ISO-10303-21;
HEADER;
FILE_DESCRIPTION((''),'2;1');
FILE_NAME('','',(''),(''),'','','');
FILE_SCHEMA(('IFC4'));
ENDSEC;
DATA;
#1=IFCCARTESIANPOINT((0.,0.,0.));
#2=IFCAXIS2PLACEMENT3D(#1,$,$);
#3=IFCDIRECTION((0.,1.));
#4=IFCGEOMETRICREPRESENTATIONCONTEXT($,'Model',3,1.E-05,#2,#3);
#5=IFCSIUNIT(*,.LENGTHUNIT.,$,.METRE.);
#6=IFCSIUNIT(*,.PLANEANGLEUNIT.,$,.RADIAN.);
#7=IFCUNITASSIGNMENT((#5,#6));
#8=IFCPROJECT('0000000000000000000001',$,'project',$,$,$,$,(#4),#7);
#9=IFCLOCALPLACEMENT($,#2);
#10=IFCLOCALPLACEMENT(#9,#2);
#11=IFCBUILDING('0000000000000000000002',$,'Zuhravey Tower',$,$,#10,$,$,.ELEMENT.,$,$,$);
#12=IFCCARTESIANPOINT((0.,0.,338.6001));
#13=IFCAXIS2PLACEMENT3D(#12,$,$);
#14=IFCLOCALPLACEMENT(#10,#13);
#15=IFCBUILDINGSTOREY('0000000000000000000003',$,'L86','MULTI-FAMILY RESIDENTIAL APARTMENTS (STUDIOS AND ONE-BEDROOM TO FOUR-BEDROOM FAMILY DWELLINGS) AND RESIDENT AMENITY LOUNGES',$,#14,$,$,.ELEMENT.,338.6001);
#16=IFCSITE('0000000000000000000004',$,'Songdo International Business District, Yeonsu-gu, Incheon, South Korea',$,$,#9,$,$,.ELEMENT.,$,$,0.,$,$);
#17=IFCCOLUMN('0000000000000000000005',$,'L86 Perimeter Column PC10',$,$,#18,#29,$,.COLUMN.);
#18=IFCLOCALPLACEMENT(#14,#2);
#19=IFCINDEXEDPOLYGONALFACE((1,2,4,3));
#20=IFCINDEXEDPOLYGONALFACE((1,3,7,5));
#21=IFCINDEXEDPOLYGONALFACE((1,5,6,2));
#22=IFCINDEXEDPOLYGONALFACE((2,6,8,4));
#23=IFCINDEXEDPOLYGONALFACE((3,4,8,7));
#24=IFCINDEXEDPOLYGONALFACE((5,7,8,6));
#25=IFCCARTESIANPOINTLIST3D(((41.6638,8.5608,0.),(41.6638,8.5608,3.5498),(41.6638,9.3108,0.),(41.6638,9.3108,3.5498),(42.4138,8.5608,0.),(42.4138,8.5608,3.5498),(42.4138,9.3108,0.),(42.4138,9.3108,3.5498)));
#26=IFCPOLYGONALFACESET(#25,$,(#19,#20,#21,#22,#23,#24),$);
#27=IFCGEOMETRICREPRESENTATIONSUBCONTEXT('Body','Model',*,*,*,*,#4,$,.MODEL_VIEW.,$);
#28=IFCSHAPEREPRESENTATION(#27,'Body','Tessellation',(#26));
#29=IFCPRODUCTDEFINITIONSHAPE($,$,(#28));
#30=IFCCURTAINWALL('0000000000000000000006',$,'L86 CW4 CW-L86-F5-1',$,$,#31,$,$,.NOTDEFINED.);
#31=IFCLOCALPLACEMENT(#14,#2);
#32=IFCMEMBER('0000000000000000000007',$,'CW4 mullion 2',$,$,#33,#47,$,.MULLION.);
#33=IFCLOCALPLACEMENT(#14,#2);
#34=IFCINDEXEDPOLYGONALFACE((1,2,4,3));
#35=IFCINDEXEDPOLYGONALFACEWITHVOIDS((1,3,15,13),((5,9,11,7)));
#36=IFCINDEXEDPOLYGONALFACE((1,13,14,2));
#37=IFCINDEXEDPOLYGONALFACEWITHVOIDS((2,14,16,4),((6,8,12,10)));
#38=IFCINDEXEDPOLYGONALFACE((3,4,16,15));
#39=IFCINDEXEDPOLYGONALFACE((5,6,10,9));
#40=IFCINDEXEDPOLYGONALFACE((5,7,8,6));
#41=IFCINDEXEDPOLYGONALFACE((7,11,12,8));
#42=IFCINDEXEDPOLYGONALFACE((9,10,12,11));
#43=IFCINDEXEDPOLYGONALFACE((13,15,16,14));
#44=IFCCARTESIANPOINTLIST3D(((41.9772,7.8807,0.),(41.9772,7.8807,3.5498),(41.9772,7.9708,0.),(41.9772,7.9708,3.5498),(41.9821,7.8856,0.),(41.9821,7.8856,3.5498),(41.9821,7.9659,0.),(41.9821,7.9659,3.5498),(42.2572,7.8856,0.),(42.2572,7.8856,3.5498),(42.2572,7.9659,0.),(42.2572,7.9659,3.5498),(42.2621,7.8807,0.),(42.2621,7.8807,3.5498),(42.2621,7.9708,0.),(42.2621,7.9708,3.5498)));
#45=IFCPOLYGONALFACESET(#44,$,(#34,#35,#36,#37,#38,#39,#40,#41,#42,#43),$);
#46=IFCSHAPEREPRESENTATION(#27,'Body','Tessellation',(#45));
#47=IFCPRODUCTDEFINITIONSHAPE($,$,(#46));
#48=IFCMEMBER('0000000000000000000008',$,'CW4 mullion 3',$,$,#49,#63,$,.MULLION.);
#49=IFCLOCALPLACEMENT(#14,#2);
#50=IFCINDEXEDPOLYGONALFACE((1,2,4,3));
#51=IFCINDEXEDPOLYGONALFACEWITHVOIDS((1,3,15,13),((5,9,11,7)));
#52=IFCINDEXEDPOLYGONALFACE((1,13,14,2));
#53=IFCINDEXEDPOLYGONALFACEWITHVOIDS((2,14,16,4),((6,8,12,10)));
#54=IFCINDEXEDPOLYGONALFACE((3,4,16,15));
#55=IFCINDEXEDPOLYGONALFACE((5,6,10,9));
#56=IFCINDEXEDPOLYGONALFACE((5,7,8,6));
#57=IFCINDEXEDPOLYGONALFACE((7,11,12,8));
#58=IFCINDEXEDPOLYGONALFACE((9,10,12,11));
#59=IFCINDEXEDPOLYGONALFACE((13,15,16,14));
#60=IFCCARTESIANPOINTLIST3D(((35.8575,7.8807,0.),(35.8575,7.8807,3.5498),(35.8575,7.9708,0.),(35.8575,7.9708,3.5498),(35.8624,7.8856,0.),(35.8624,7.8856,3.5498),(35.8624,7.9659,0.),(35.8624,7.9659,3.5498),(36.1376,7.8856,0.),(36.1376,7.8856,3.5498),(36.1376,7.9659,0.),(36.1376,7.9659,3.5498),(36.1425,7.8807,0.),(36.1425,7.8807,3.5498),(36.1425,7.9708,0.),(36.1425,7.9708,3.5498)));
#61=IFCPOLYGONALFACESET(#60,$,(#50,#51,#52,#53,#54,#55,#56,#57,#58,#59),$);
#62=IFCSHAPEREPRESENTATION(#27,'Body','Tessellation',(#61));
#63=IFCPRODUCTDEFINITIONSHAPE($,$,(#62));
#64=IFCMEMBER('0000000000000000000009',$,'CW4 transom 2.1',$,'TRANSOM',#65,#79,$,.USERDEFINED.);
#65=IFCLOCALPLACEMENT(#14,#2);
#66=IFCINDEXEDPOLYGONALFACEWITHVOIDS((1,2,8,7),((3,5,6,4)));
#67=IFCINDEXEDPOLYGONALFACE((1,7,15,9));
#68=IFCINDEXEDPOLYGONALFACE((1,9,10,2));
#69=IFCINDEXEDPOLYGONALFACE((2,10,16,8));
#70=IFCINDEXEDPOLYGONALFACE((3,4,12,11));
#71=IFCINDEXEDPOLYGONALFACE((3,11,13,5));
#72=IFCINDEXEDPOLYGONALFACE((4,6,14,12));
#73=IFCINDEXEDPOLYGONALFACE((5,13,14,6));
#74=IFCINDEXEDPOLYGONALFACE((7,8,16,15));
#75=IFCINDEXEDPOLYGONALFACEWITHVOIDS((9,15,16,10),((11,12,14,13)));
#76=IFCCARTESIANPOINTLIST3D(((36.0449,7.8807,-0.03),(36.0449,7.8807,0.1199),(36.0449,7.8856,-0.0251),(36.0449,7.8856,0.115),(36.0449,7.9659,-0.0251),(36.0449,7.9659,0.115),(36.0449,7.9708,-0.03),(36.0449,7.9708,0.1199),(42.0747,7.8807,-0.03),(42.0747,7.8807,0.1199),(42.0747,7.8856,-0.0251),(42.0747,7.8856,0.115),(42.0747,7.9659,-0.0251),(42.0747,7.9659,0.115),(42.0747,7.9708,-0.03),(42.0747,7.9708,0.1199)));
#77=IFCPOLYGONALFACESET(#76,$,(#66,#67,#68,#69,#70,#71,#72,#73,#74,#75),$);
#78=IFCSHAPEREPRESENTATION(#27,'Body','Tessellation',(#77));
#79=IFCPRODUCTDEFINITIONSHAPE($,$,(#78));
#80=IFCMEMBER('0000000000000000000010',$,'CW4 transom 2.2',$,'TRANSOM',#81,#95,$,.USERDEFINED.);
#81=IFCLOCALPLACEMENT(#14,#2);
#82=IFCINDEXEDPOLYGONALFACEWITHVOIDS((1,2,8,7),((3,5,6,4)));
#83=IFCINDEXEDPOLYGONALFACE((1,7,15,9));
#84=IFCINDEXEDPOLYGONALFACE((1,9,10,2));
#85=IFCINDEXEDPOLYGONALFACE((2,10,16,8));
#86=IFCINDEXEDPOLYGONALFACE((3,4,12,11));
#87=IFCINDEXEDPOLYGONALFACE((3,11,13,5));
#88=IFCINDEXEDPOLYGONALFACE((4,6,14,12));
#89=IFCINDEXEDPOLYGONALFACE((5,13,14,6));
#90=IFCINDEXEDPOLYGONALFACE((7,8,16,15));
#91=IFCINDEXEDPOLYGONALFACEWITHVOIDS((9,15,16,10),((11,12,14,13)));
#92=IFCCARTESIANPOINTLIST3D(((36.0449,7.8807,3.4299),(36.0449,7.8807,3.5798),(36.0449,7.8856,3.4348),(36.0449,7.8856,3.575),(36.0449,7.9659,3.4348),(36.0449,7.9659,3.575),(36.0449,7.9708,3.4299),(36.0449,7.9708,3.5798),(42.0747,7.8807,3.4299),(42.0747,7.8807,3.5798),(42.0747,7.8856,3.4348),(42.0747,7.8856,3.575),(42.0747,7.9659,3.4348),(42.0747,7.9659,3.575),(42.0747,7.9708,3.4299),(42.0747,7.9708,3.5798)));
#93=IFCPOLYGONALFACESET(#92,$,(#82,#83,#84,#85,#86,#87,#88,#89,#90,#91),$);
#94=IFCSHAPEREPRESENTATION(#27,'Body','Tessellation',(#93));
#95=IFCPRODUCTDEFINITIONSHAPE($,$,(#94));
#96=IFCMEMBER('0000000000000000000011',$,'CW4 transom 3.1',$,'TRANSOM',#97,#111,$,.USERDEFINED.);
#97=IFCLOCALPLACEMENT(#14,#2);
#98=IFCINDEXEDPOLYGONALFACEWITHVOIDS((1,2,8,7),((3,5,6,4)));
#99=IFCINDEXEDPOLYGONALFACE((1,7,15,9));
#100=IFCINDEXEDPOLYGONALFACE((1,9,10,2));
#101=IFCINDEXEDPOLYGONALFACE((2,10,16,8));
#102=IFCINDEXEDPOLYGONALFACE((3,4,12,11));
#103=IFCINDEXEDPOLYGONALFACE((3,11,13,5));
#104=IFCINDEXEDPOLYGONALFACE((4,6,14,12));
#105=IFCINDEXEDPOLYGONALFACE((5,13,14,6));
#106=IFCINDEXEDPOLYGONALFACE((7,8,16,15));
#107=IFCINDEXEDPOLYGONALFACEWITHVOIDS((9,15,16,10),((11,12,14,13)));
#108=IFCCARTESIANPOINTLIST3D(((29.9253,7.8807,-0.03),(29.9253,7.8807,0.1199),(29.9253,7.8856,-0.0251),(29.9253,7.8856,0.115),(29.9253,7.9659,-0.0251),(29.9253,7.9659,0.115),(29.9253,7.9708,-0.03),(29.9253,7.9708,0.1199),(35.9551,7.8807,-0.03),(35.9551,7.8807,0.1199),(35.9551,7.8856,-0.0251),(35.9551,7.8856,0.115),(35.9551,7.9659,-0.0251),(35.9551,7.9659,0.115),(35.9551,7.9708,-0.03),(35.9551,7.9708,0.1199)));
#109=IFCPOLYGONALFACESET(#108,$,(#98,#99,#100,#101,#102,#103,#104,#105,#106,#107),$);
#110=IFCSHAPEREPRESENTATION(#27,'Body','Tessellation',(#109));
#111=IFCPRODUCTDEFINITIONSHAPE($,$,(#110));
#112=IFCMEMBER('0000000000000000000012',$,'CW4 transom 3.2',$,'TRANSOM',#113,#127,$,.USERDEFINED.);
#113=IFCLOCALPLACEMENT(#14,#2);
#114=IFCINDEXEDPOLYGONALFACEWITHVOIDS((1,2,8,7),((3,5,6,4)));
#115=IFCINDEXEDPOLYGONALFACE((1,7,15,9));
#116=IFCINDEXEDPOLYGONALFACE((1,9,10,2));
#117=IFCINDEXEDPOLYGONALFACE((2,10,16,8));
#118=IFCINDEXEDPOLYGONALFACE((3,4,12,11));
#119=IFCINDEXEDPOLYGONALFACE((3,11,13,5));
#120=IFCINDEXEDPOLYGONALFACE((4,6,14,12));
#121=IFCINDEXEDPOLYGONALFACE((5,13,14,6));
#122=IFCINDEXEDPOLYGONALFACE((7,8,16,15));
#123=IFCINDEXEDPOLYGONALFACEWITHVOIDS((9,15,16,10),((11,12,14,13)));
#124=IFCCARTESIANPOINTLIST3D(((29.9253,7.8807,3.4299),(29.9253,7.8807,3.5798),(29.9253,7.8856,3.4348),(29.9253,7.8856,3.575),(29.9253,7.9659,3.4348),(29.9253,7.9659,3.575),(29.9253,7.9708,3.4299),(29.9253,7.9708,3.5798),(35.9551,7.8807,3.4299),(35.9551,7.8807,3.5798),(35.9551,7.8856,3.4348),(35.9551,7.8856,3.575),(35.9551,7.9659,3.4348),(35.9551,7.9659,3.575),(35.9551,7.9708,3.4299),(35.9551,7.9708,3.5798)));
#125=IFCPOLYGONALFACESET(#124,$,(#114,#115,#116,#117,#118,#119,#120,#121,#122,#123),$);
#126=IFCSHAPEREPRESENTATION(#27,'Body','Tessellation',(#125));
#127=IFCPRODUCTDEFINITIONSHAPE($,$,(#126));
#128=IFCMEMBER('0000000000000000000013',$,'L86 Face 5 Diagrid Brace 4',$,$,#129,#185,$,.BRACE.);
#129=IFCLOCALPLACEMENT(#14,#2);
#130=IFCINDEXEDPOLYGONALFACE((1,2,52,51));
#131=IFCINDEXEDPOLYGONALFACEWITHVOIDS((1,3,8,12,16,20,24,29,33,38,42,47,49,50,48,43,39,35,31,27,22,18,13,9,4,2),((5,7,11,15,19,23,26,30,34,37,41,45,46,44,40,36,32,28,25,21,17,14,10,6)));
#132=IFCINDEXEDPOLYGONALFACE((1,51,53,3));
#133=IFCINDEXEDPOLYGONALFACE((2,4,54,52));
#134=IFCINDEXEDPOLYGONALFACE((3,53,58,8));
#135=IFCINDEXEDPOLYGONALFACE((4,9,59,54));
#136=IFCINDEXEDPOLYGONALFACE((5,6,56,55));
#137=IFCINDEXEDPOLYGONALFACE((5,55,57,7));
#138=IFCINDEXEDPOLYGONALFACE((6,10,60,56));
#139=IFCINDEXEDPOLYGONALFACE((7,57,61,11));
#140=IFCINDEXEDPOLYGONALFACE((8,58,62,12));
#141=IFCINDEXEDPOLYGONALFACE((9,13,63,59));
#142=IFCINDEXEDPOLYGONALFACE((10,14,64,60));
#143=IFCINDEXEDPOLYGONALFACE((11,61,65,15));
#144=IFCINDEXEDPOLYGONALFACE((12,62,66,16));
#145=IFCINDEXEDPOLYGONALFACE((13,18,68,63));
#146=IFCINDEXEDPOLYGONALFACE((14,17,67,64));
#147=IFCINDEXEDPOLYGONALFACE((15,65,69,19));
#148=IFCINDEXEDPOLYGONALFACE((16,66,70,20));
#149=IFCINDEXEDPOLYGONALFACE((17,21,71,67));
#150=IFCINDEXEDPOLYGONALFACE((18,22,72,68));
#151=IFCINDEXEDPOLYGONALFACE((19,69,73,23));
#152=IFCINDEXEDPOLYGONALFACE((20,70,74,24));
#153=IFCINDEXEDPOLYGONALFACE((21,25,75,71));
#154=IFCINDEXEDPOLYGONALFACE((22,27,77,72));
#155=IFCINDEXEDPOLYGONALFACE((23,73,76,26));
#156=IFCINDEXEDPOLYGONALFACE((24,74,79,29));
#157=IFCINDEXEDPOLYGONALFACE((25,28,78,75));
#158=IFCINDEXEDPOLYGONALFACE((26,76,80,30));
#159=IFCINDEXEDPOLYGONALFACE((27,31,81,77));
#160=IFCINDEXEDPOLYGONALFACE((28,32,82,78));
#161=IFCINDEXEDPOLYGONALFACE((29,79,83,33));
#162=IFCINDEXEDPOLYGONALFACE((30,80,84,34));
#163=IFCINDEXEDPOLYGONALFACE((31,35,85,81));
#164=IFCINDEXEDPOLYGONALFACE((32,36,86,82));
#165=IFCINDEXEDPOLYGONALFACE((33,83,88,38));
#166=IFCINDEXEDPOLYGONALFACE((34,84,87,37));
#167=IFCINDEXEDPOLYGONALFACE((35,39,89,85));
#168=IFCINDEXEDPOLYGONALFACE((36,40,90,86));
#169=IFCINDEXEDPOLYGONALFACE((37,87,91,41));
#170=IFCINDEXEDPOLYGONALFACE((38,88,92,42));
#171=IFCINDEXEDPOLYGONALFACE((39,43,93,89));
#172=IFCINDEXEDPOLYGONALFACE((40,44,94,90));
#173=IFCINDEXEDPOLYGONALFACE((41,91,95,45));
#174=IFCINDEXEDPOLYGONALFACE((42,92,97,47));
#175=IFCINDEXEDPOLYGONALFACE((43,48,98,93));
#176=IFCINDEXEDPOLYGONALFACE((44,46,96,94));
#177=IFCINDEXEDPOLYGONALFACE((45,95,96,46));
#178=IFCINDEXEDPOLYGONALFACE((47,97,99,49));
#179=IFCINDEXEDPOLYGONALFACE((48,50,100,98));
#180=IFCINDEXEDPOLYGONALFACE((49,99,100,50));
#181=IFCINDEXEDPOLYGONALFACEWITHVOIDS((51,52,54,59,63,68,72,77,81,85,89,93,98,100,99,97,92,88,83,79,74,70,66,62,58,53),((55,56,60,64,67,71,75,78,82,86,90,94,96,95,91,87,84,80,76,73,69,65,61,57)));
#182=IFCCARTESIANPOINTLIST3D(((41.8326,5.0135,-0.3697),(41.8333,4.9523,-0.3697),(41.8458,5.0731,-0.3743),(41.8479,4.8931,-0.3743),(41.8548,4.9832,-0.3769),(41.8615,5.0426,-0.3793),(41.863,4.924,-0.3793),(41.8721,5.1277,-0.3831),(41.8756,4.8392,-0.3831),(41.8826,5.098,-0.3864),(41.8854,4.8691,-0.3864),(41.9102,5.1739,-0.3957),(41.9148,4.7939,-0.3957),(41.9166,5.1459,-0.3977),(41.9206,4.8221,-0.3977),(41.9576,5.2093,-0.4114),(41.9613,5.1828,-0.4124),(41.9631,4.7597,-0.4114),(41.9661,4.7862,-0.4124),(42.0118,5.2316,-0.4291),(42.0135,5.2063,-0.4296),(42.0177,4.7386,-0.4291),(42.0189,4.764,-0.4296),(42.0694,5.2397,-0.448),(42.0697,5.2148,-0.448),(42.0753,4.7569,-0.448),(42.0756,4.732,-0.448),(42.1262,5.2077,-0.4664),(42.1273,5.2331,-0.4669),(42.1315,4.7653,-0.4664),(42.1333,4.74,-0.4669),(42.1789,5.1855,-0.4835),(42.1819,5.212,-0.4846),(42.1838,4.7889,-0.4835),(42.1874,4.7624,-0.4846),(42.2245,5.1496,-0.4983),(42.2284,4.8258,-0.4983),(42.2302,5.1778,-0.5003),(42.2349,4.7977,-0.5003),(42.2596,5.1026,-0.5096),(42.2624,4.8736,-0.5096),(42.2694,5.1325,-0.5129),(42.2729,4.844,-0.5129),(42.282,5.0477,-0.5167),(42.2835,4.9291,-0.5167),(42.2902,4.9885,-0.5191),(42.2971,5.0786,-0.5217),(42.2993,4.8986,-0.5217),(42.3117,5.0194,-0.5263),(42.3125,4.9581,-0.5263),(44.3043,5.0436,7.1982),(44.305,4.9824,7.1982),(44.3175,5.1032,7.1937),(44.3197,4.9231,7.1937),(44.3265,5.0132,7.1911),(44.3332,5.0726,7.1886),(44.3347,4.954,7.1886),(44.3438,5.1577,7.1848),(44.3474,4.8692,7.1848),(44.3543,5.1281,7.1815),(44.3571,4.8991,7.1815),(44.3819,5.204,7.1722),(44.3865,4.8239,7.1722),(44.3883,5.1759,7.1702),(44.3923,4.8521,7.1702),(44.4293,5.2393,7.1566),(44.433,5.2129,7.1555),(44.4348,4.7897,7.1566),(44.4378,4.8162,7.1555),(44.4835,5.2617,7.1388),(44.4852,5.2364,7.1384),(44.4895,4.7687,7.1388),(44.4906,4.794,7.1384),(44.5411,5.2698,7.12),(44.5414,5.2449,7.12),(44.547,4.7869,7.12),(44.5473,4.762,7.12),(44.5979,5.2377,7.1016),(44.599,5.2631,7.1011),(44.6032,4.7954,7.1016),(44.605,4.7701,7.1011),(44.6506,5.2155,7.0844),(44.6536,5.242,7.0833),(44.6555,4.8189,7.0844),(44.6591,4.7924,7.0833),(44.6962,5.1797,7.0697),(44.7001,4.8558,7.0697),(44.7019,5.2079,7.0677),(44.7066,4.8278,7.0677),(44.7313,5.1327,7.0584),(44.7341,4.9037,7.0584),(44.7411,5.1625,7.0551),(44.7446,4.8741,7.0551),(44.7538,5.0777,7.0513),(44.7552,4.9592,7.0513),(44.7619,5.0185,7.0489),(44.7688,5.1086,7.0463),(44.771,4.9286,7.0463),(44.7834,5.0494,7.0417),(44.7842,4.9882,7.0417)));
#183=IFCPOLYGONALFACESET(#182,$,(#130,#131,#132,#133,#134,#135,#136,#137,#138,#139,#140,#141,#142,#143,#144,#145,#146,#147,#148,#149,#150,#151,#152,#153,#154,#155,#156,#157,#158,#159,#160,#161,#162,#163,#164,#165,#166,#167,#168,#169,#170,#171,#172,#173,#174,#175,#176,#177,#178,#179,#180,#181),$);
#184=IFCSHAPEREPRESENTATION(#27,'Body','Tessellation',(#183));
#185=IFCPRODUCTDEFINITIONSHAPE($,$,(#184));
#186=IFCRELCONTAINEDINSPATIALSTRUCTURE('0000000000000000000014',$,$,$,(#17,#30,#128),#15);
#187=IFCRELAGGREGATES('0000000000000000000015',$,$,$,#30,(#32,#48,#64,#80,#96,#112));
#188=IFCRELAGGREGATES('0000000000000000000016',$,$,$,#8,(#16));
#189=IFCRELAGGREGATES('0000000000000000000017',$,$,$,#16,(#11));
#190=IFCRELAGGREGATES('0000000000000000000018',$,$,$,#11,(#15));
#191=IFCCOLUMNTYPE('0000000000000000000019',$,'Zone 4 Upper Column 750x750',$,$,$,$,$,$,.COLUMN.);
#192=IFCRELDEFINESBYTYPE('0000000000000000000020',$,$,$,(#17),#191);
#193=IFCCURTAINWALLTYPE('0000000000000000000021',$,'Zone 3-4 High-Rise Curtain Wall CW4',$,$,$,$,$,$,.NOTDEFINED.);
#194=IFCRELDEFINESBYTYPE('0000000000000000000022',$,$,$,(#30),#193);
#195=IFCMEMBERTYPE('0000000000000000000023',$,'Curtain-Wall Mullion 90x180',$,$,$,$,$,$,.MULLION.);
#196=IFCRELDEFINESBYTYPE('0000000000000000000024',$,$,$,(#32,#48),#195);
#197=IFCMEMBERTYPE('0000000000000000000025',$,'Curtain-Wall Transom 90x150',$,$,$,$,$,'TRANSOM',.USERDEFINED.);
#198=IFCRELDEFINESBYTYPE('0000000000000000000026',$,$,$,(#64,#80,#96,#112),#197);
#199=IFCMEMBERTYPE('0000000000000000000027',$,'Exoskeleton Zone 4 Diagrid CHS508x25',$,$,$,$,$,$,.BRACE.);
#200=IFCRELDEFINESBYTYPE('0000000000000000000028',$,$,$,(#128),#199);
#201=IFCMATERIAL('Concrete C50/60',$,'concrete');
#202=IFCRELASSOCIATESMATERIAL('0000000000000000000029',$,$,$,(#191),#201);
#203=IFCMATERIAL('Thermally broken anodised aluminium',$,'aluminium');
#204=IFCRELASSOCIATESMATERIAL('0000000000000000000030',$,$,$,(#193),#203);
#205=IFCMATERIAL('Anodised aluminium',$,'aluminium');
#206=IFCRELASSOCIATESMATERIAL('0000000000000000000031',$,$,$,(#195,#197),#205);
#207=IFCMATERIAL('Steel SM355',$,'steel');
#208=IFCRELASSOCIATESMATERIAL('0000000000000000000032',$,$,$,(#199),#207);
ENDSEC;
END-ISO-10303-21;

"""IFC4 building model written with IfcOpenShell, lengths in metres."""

from ifc_helpers import new_model, si_unit, direction, frame, origin, origin_2d, place, context, subcontext, project, spatial, rectangle, hollow_rectangle, hollow_circle, extrude, material, material_profile, profile_set, type_object, element, aggregate, save


model = new_model("IFC4")

# Units and contexts
model_context = context("Model", 3, precision=1e-05, world=origin(), true_north=direction((0.0, 1.0)))
body_context = subcontext(model_context, "Body", "Model", "MODEL_VIEW")
ifc_project = project(units=[si_unit("LENGTHUNIT", "METRE"), si_unit("PLANEANGLEUNIT", "RADIAN")], contexts=[model_context])

# Site, building, storey
site_placement = place(None, origin())
site = spatial("IfcSite", under=ifc_project, at=site_placement, Name="Songdo International Business District, Yeonsu-gu, Incheon, South Korea", CompositionType="ELEMENT", RefElevation=0.0)
building_placement = place(site_placement, origin())
building = spatial("IfcBuilding", under=site, at=building_placement, Name="Zuhravey Tower", CompositionType="ELEMENT")
storey_placement = place(building_placement, frame((0.0, 0.0, 338.6001)))
storey = spatial("IfcBuildingStorey", under=building, at=storey_placement, Name="L86", Description="MULTI-FAMILY RESIDENTIAL APARTMENTS (STUDIOS AND ONE-BEDROOM TO FOUR-BEDROOM FAMILY DWELLINGS) AND RESIDENT AMENITY LOUNGES", CompositionType="ELEMENT", Elevation=338.6001)

# Column
ifc_material_1 = material(Name="Concrete C50/60", Category="concrete")
ifc_material_profile_1 = material_profile(ifc_material_1, rectangle(XDim=0.75, YDim=0.75, at=origin_2d()), Name="RC-750x750")
ifc_profile_set_1 = profile_set([ifc_material_profile_1], Name="Concrete C50/60")
column_type = type_object("IfcColumnType", Name="Zone 4 Upper Column 750x750", PredefinedType="COLUMN", material=ifc_profile_set_1)
column_placement = place(storey_placement, frame((42.0388, 8.9358, 0.0), z_axis=(0.0, 0.0, 1.0), x_axis=(1.0, 0.0, 0.0)))
element("IfcColumn", 1, at=column_placement, inside=storey, type_object=column_type, Name="L86 Perimeter Column PC10", PredefinedType="COLUMN", context=body_context, shape_type="SweptSolid", body=[
    extrude(rectangle(XDim=0.75, YDim=0.75, at=origin_2d()), origin(), (0.0, 0.0, 1.0), 3.5498),
])

# Curtain wall, members
ifc_material_2 = material(Name="Thermally broken anodised aluminium", Category="aluminium")
curtain_wall_type = type_object("IfcCurtainWallType", Name="Zone 3-4 High-Rise Curtain Wall CW4", PredefinedType="NOTDEFINED", material=ifc_material_2)
curtain_wall_placement = place(storey_placement, origin())
curtain_wall = element("IfcCurtainWall", 2, at=curtain_wall_placement, inside=storey, type_object=curtain_wall_type, Name="L86 CW4 CW-L86-F5-1", PredefinedType="NOTDEFINED")
ifc_material_3 = material(Name="Anodised aluminium", Category="aluminium")
ifc_material_profile_2 = material_profile(ifc_material_3, hollow_rectangle(XDim=0.0901, YDim=0.2849, WallThickness=0.0049, at=origin_2d()), Name="ALU-RHS-90x285x5")
ifc_profile_set_2 = profile_set([ifc_material_profile_2], Name="Anodised aluminium")
member_type_1 = type_object("IfcMemberType", Name="Curtain-Wall Mullion 90x180", PredefinedType="MULLION", material=ifc_profile_set_2)
member_1_placement = place(storey_placement, frame((42.1196, 7.9258, 0.0), z_axis=(0.0, 0.0, 1.0), x_axis=(0.0, -1.0, 0.0)))
member_1 = element("IfcMember", 3, at=member_1_placement, type_object=member_type_1, Name="CW4 mullion 2", PredefinedType="MULLION", context=body_context, shape_type="SweptSolid", body=[
    extrude(hollow_rectangle(XDim=0.0901, YDim=0.2849, WallThickness=0.0049, at=origin_2d()), origin(), (0.0, 0.0, 1.0), 3.5498),
])
member_2_placement = place(storey_placement, frame((36.0, 7.9258, 0.0), z_axis=(0.0, 0.0, 1.0), x_axis=(0.0, -1.0, 0.0)))
member_2 = element("IfcMember", 4, at=member_2_placement, type_object=member_type_1, Name="CW4 mullion 3", PredefinedType="MULLION", context=body_context, shape_type="SweptSolid", body=[
    extrude(hollow_rectangle(XDim=0.0901, YDim=0.2849, WallThickness=0.0049, at=origin_2d()), origin(), (0.0, 0.0, 1.0), 3.5498),
])
ifc_material_profile_3 = material_profile(ifc_material_3, hollow_rectangle(XDim=0.0901, YDim=0.1499, WallThickness=0.0049, at=origin_2d()), Name="ALU-RHS-90x150x5")
ifc_profile_set_3 = profile_set([ifc_material_profile_3], Name="Anodised aluminium")
member_type_2 = type_object("IfcMemberType", Name="Curtain-Wall Transom 90x150", ElementType="TRANSOM", PredefinedType="USERDEFINED", material=ifc_profile_set_3)
member_3_placement = place(storey_placement, frame((42.0747, 7.9258, 0.0449), z_axis=(-1.0, 0.0, 0.0), x_axis=(0.0, -1.0, 0.0)))
member_3 = element("IfcMember", 5, at=member_3_placement, type_object=member_type_2, Name="CW4 transom 2.1", ObjectType="TRANSOM", PredefinedType="USERDEFINED", context=body_context, shape_type="SweptSolid", body=[
    extrude(hollow_rectangle(XDim=0.0901, YDim=0.1499, WallThickness=0.0049, at=origin_2d()), origin(), (0.0, 0.0, 1.0), 6.0298),
])
member_4_placement = place(storey_placement, frame((42.0747, 7.9258, 3.5049), z_axis=(-1.0, 0.0, 0.0), x_axis=(0.0, -1.0, 0.0)))
member_4 = element("IfcMember", 6, at=member_4_placement, type_object=member_type_2, Name="CW4 transom 2.2", ObjectType="TRANSOM", PredefinedType="USERDEFINED", context=body_context, shape_type="SweptSolid", body=[
    extrude(hollow_rectangle(XDim=0.0901, YDim=0.1499, WallThickness=0.0049, at=origin_2d()), origin(), (0.0, 0.0, 1.0), 6.0298),
])
member_5_placement = place(storey_placement, frame((35.9551, 7.9258, 0.0449), z_axis=(-1.0, 0.0, 0.0), x_axis=(0.0, -1.0, 0.0)))
member_5 = element("IfcMember", 7, at=member_5_placement, type_object=member_type_2, Name="CW4 transom 3.1", ObjectType="TRANSOM", PredefinedType="USERDEFINED", context=body_context, shape_type="SweptSolid", body=[
    extrude(hollow_rectangle(XDim=0.0901, YDim=0.1499, WallThickness=0.0049, at=origin_2d()), origin(), (0.0, 0.0, 1.0), 6.0298),
])
member_6_placement = place(storey_placement, frame((35.9551, 7.9258, 3.5049), z_axis=(-1.0, 0.0, 0.0), x_axis=(0.0, -1.0, 0.0)))
member_6 = element("IfcMember", 8, at=member_6_placement, type_object=member_type_2, Name="CW4 transom 3.2", ObjectType="TRANSOM", PredefinedType="USERDEFINED", context=body_context, shape_type="SweptSolid", body=[
    extrude(hollow_rectangle(XDim=0.0901, YDim=0.1499, WallThickness=0.0049, at=origin_2d()), origin(), (0.0, 0.0, 1.0), 6.0298),
])

# Member
ifc_material_4 = material(Name="Steel SM355", Category="steel")
ifc_material_profile_4 = material_profile(ifc_material_4, hollow_circle(Radius=0.2539, WallThickness=0.0249, at=origin_2d()), Name="CHS-508.0x25")
ifc_profile_set_4 = profile_set([ifc_material_profile_4], Name="Steel SM355")
member_type_3 = type_object("IfcMemberType", Name="Exoskeleton Zone 4 Diagrid CHS508x25", PredefinedType="BRACE", material=ifc_profile_set_4)
member_7_placement = place(storey_placement, frame((42.0725, 4.9858, -0.448), z_axis=(0.310461, 0.003772, 0.950579), x_axis=(-0.012148, 0.999926, 0.0)))
element("IfcMember", 9, at=member_7_placement, inside=storey, type_object=member_type_3, Name="L86 Face 5 Diagrid Brace 4", PredefinedType="BRACE", context=body_context, shape_type="SweptSolid", body=[
    extrude(hollow_circle(Radius=0.2539, WallThickness=0.0249, at=origin_2d()), origin(), (0.0, 0.0, 1.0), 7.9614),
])

aggregate(curtain_wall, [member_1, member_2, member_3, member_4, member_5, member_6])

save(model, "model.ifc")
